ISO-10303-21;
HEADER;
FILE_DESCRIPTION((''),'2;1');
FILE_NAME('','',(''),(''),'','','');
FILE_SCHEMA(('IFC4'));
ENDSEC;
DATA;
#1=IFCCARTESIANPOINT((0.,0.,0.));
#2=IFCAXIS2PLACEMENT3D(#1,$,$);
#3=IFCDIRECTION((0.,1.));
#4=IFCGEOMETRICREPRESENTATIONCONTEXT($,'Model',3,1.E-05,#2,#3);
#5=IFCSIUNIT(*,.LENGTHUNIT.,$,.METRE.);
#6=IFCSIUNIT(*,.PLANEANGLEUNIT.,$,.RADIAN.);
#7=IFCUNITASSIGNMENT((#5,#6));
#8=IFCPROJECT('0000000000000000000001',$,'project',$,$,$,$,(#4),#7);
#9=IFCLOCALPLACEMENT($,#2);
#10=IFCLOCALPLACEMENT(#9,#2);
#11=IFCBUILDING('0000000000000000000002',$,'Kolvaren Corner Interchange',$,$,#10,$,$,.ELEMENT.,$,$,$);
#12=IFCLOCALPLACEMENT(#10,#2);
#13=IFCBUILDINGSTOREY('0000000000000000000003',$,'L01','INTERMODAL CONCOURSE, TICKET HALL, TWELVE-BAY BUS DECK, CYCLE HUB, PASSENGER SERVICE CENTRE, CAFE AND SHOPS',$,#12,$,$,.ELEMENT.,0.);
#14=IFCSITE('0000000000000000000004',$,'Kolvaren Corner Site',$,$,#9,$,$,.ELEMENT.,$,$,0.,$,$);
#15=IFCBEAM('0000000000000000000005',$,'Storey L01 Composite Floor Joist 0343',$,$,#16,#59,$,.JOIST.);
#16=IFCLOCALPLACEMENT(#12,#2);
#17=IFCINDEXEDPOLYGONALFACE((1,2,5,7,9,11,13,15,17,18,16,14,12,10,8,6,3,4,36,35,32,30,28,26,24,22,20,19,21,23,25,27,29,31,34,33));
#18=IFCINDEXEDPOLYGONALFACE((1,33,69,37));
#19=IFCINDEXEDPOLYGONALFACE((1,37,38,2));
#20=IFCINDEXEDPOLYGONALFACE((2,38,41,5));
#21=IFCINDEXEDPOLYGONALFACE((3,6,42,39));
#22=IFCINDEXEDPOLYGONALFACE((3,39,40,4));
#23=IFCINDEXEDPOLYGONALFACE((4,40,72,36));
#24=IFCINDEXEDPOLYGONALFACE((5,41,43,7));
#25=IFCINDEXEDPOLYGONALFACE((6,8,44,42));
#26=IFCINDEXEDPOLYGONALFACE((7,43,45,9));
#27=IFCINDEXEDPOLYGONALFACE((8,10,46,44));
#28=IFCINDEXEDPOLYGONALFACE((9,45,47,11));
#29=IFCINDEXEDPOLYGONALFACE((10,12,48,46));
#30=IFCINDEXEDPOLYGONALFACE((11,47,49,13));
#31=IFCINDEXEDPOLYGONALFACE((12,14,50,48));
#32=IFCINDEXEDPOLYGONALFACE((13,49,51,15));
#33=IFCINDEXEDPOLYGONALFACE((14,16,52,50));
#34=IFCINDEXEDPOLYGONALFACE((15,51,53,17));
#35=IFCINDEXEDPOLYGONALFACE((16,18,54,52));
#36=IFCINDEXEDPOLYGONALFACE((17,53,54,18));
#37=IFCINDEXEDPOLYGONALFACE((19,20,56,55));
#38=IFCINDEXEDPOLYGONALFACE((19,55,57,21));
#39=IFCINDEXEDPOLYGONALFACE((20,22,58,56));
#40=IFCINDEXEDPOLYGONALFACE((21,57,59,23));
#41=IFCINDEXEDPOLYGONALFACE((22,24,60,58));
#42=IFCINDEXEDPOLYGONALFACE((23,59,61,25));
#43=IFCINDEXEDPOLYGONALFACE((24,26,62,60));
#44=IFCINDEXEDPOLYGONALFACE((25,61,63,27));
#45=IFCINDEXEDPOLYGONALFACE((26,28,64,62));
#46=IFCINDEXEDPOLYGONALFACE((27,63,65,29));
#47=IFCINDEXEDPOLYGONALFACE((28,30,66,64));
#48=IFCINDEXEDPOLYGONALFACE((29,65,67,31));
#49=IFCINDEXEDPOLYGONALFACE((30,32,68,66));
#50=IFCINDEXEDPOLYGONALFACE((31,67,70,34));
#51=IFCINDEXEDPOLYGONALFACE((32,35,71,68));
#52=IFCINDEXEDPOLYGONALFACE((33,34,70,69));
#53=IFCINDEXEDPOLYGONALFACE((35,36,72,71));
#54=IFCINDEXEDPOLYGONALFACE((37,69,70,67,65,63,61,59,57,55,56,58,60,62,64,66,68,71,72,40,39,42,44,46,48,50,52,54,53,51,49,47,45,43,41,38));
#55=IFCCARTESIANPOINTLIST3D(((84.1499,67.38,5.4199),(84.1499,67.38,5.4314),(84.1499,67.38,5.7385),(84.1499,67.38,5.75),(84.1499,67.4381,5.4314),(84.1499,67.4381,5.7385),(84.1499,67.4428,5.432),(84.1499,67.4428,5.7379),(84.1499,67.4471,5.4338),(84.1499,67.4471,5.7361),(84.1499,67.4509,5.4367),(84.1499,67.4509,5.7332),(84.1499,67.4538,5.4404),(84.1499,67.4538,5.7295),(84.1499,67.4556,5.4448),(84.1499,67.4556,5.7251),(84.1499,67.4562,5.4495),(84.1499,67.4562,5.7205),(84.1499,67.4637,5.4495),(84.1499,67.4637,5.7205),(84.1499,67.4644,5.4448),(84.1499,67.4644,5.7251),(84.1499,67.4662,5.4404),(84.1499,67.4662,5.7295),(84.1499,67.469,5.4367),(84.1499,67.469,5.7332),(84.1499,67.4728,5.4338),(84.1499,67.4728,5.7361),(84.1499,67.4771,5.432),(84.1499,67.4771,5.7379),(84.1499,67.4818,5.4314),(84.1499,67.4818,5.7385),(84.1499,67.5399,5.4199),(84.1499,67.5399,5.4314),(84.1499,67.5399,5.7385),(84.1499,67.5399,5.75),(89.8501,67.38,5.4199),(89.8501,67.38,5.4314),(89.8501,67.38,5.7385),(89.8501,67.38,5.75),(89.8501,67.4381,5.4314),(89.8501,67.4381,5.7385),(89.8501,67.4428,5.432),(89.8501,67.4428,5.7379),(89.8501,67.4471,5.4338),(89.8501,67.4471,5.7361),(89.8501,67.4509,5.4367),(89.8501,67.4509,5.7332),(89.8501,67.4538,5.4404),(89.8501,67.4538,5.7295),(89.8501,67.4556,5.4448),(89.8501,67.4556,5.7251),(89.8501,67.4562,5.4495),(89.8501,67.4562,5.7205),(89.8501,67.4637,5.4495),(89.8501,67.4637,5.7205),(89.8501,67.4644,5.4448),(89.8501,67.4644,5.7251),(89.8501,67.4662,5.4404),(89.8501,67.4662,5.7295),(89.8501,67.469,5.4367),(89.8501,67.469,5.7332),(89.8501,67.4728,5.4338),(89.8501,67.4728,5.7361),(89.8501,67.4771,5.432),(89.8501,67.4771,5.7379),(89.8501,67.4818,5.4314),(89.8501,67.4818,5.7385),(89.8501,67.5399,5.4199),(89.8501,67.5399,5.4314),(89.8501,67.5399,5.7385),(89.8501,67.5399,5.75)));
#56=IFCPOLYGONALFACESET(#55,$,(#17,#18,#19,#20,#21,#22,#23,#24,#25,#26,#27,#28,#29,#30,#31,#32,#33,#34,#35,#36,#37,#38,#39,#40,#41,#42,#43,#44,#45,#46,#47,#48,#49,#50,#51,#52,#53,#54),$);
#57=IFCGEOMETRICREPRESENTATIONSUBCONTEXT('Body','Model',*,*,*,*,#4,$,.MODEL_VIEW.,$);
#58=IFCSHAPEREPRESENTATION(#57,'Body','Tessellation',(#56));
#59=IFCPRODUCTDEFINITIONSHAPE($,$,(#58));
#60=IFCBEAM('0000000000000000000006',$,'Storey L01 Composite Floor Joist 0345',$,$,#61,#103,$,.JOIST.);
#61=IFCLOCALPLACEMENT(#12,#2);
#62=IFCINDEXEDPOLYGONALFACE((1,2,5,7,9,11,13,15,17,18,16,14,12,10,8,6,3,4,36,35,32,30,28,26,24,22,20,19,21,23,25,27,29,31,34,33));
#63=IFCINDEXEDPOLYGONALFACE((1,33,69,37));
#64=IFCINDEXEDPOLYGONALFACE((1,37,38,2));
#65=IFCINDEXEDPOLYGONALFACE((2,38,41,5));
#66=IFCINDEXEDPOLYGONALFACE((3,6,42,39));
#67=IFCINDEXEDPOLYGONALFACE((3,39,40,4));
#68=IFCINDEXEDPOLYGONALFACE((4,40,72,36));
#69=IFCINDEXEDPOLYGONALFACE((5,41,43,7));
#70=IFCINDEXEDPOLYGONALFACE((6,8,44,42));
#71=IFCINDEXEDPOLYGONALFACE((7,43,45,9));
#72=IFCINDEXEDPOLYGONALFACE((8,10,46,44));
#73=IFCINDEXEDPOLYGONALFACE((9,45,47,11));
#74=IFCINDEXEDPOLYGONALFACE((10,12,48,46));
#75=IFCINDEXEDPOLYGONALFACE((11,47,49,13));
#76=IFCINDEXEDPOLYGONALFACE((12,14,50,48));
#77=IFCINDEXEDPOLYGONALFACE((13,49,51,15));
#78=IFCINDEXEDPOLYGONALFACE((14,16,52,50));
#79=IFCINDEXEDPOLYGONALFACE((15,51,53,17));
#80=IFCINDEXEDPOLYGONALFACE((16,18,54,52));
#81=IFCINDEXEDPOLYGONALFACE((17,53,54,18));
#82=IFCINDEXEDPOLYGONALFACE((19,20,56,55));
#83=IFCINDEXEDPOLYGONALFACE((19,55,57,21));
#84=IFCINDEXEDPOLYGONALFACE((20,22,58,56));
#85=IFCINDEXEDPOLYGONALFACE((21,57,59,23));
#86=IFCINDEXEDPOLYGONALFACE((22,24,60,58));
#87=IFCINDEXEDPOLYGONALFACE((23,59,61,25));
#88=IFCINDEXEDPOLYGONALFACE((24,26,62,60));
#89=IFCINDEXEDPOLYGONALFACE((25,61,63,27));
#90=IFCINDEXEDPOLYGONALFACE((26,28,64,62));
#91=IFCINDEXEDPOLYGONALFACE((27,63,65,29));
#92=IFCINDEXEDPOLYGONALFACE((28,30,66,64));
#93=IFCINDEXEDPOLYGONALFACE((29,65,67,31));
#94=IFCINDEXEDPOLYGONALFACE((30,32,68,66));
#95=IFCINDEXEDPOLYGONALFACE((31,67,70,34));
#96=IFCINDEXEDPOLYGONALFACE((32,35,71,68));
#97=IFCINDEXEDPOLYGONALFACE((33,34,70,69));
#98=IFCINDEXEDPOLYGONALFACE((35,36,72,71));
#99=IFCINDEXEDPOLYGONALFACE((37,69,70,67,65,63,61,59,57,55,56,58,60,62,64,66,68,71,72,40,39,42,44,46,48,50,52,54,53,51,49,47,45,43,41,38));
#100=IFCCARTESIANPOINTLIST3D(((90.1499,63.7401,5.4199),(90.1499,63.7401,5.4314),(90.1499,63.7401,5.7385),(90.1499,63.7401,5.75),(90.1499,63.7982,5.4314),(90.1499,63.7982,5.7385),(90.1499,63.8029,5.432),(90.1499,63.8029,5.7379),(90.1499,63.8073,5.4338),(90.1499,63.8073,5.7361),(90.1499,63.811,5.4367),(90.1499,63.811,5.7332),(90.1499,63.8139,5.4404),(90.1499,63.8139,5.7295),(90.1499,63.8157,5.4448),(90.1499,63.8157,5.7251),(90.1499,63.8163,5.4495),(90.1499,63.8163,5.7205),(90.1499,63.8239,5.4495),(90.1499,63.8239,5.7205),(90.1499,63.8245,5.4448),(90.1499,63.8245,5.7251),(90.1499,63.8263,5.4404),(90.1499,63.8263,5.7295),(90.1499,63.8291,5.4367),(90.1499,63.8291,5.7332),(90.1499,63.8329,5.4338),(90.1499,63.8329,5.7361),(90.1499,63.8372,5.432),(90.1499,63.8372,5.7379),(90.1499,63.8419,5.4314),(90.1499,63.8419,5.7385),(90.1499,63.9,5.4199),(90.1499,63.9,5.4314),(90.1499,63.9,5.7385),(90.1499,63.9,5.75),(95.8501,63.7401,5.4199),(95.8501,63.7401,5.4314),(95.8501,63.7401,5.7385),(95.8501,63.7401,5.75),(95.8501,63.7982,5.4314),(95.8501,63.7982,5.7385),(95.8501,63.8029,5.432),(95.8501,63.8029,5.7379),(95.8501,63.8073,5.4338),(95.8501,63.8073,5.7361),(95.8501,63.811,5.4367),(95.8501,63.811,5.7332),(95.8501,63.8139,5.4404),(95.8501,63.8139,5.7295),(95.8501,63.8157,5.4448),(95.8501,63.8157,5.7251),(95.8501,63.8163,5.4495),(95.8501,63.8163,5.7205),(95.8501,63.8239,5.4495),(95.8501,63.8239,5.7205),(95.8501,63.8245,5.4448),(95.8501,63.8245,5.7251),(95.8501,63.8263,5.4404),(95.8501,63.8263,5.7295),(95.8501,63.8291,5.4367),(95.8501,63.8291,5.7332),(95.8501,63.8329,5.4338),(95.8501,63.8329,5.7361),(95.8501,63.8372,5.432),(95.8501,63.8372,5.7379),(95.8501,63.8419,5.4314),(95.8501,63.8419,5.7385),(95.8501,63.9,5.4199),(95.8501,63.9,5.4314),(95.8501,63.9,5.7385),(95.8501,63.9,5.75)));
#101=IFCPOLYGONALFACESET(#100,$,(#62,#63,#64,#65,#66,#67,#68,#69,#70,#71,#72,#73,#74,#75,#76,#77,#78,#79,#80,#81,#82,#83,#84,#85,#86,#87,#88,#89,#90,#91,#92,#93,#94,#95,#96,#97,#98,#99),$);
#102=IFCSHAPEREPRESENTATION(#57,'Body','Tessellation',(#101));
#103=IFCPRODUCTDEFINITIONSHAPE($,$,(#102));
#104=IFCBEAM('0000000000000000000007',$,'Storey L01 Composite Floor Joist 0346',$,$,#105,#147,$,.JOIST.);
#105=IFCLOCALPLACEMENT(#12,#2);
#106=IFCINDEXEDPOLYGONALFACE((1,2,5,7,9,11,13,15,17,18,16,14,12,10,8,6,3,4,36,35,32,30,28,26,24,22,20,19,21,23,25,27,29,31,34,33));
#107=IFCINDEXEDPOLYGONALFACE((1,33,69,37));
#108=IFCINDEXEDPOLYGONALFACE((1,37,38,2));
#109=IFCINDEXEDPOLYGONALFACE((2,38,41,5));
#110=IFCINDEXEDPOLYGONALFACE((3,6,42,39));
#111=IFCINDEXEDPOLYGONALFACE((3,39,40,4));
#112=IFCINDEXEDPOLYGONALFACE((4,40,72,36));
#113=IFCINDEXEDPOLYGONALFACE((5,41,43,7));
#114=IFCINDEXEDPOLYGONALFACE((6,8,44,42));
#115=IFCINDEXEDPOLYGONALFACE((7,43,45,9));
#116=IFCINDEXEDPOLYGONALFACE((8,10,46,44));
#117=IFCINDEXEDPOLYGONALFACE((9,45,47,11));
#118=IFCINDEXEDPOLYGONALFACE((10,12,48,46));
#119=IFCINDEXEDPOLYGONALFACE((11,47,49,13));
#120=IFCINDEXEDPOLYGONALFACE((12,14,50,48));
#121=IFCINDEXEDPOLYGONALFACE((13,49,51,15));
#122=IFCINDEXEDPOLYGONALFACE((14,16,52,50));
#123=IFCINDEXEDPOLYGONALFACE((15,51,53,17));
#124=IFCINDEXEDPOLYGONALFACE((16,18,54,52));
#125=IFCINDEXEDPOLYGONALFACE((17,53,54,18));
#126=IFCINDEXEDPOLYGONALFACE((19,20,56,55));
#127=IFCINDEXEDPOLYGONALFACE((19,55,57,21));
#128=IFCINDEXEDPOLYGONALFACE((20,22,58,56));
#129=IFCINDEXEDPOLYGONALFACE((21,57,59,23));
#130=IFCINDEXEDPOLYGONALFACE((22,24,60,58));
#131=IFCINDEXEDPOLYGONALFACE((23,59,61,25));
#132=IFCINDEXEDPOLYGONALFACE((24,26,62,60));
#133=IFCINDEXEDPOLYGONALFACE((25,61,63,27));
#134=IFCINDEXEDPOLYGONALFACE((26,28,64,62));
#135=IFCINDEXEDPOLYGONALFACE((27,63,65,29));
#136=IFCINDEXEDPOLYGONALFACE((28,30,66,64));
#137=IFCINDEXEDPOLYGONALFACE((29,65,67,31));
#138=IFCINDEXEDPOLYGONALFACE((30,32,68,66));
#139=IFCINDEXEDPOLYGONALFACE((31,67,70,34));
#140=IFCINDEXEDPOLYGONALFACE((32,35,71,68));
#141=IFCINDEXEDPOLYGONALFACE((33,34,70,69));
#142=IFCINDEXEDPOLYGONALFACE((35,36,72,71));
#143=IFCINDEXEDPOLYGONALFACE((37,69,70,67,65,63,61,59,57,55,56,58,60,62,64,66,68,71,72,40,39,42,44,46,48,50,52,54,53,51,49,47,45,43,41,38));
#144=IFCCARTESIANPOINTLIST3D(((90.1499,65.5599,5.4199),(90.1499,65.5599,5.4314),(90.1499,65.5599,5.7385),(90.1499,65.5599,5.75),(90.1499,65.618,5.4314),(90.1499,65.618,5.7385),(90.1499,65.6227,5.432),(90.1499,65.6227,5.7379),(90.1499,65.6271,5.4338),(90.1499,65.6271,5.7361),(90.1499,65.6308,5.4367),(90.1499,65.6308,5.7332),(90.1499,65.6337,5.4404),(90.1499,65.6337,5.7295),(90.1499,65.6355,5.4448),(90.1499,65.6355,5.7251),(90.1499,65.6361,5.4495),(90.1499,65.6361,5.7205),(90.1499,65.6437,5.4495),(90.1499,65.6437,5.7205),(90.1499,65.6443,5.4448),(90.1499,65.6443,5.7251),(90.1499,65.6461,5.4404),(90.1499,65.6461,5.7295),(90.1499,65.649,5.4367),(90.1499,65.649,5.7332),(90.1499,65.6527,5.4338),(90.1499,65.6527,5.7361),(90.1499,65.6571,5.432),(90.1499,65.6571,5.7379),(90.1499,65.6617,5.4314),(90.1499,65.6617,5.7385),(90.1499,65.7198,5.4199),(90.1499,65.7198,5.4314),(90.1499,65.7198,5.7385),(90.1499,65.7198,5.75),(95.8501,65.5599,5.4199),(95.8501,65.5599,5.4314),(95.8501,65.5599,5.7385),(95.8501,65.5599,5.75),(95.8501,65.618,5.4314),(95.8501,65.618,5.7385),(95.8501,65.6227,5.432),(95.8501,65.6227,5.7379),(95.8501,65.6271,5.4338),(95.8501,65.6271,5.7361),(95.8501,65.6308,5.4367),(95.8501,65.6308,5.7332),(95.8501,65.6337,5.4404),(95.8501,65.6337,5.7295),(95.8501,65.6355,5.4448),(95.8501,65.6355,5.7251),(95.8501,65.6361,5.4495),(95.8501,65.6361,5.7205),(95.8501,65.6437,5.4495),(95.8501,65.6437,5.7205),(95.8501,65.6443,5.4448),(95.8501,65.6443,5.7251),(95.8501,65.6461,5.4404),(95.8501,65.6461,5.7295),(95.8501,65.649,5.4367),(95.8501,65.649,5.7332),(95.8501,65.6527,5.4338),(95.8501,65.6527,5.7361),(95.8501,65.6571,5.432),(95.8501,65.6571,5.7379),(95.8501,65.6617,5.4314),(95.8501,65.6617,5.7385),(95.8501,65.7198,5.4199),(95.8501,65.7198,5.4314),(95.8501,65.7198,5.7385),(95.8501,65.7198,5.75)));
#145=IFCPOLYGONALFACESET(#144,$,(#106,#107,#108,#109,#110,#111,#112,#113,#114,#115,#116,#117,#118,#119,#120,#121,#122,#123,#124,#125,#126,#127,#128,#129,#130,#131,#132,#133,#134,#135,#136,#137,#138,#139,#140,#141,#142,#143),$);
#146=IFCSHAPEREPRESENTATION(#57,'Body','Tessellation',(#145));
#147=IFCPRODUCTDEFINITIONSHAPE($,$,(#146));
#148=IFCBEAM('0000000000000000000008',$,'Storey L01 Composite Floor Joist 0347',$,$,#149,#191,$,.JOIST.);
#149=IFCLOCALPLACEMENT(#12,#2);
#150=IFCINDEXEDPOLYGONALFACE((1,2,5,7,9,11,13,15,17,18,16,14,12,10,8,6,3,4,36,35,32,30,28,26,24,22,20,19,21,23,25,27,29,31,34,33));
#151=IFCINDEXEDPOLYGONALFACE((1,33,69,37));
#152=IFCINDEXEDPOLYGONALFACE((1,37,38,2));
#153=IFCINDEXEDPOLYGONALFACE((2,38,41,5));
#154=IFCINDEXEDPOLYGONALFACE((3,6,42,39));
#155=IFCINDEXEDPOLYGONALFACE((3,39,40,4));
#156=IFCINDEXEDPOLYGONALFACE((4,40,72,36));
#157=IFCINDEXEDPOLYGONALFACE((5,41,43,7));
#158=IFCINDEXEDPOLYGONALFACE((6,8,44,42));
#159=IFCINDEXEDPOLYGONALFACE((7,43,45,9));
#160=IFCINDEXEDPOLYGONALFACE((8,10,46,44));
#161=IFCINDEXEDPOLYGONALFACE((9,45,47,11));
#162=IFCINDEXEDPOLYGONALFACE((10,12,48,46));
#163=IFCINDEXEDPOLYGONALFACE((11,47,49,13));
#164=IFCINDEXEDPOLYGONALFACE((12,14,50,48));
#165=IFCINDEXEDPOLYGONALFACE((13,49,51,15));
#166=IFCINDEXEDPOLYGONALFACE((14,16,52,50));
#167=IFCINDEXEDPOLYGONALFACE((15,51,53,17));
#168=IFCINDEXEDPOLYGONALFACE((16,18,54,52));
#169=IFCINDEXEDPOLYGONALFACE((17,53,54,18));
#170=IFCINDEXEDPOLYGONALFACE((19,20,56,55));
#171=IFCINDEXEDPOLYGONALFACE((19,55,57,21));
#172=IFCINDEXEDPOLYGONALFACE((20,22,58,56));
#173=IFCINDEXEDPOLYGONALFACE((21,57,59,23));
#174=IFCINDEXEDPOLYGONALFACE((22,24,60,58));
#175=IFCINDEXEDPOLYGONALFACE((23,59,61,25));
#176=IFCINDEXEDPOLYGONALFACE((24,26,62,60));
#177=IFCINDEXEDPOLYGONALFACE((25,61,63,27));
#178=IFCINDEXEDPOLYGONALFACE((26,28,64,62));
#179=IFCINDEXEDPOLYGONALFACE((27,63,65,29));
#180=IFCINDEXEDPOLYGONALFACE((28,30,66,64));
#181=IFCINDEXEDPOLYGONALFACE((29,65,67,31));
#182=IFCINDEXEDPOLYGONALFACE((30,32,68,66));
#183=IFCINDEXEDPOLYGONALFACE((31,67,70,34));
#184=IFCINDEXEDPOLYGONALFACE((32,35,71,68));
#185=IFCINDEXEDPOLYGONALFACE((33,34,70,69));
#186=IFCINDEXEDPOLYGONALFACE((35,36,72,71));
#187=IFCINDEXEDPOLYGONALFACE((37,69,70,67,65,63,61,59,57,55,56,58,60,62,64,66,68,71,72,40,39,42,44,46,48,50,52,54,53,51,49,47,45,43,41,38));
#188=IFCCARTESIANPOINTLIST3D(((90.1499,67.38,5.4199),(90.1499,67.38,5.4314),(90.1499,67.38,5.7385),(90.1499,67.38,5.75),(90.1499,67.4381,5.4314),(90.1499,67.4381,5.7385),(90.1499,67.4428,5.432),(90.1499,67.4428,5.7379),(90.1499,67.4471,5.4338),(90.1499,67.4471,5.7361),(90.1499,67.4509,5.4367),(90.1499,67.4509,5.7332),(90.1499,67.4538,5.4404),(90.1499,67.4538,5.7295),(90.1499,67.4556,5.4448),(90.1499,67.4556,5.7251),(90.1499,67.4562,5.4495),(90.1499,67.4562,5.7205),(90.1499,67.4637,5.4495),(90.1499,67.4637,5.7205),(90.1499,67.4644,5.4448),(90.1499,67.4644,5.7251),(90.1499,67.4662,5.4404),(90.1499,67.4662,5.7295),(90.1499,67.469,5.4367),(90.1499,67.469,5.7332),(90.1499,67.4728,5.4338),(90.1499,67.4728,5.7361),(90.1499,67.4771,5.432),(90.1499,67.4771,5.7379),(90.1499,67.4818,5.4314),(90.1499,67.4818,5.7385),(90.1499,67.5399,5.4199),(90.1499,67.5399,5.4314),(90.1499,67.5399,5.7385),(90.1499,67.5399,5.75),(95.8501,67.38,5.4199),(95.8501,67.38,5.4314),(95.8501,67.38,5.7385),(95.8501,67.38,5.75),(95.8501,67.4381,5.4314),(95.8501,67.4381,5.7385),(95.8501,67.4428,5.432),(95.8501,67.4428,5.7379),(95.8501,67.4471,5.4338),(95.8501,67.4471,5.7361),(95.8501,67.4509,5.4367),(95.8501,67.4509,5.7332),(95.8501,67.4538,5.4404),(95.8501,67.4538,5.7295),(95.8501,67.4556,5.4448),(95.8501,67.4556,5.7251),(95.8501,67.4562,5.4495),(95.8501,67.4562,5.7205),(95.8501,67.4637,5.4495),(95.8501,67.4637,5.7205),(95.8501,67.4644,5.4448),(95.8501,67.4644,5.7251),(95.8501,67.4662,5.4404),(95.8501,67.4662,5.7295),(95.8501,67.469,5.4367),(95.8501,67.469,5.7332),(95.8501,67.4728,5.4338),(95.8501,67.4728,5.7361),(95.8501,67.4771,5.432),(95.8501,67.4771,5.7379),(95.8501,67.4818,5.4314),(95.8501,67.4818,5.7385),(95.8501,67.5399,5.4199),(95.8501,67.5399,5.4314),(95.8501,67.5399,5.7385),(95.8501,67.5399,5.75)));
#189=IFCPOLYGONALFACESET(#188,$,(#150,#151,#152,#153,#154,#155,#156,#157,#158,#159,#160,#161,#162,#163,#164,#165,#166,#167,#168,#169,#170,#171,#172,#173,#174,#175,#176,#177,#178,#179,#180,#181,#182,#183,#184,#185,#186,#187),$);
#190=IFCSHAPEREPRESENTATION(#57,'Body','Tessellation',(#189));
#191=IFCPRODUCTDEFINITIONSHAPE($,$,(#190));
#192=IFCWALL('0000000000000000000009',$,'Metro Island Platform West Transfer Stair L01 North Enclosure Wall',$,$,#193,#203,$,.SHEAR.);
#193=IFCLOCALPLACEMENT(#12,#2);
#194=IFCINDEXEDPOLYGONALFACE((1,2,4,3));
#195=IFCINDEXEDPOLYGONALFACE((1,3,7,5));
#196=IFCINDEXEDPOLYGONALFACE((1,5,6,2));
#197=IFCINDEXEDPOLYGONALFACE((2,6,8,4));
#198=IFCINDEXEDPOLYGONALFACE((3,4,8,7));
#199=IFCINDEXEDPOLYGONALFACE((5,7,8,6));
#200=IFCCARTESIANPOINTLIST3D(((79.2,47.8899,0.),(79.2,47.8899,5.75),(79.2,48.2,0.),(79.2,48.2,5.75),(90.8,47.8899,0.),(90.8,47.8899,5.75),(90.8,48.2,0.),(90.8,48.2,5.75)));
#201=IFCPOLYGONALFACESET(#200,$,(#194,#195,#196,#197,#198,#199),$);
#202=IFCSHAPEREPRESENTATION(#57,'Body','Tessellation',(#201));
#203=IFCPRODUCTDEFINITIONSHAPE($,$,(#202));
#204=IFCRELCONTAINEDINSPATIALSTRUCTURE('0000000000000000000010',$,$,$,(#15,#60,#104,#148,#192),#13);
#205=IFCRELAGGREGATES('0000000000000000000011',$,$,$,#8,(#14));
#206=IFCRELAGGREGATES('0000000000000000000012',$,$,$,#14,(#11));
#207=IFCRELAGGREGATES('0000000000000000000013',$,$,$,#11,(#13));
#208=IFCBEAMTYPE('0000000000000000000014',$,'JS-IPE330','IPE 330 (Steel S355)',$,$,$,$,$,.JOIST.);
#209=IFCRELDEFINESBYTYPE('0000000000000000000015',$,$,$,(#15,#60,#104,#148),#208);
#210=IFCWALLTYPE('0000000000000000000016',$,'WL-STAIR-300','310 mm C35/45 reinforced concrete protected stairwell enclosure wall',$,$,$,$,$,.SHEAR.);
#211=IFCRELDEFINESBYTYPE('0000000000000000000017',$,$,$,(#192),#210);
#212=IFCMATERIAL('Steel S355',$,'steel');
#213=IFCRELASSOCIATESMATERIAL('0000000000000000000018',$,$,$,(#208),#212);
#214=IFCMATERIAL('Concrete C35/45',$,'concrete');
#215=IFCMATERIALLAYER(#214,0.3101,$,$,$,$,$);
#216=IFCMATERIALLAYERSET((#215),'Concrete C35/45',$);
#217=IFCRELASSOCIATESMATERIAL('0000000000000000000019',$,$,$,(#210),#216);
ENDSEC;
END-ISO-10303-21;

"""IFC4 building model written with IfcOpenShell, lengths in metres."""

from ifc_helpers import new_model, si_unit, direction, frame, frame_2d, origin, origin_2d, place, context, subcontext, project, spatial, rectangle, i_section, extrude, material, layer, layer_set, material_profile, profile_set, type_object, element, save


model = new_model("IFC4")

# Units and contexts
model_context = context("Model", 3, precision=1e-05, world=origin(), true_north=direction((0.0, 1.0)))
body_context = subcontext(model_context, "Body", "Model", "MODEL_VIEW")
ifc_project = project(units=[si_unit("LENGTHUNIT", "METRE"), si_unit("PLANEANGLEUNIT", "RADIAN")], contexts=[model_context])

# Site, building, storey
site_placement = place(None, origin())
site = spatial("IfcSite", under=ifc_project, at=site_placement, Name="Kolvaren Corner Site", CompositionType="ELEMENT", RefElevation=0.0)
building_placement = place(site_placement, origin())
building = spatial("IfcBuilding", under=site, at=building_placement, Name="Kolvaren Corner Interchange", CompositionType="ELEMENT")
storey_placement = place(building_placement, origin())
storey = spatial("IfcBuildingStorey", under=building, at=storey_placement, Name="L01", Description="INTERMODAL CONCOURSE, TICKET HALL, TWELVE-BAY BUS DECK, CYCLE HUB, PASSENGER SERVICE CENTRE, CAFE AND SHOPS", CompositionType="ELEMENT", Elevation=0.0)

# Beams
ifc_material_1 = material(Name="Steel S355", Category="steel")
ifc_material_profile_1 = material_profile(ifc_material_1, i_section(OverallWidth=0.1599, OverallDepth=0.3301, WebThickness=0.0076, FlangeThickness=0.0115, FilletRadius=0.0181, at=origin_2d()), Name="IPE 330")
ifc_profile_set_1 = profile_set([ifc_material_profile_1], Name="Steel S355")
beam_type_1 = type_object("IfcBeamType", Name="JS-IPE330", Description="IPE 330 (Steel S355)", PredefinedType="JOIST", material=ifc_profile_set_1)
for number, where, z_axis, x_axis, name in (
    (1, (84.1499, 67.46, 5.585), (1.0, 0.0, 0.0), (0.0, 1.0, 0.0), "Storey L01 Composite Floor Joist 0343"),
    (2, (90.1499, 63.8201, 5.585), (1.0, 0.0, 0.0), (0.0, 1.0, 0.0), "Storey L01 Composite Floor Joist 0345"),
    (3, (90.1499, 65.6399, 5.585), (1.0, 0.0, 0.0), (0.0, 1.0, 0.0), "Storey L01 Composite Floor Joist 0346"),
    (4, (90.1499, 67.46, 5.585), (1.0, 0.0, 0.0), (0.0, 1.0, 0.0), "Storey L01 Composite Floor Joist 0347"),
):
    element("IfcBeam", number, at=place(storey_placement, frame(where, z_axis=z_axis, x_axis=x_axis)), inside=storey, type_object=beam_type_1, Name=name, PredefinedType="JOIST", context=body_context, shape_type="SweptSolid", body=[
        extrude(i_section(OverallWidth=0.1599, OverallDepth=0.3301, WebThickness=0.0076, FlangeThickness=0.0115, FilletRadius=0.0181, at=origin_2d()), origin(), (0.0, 0.0, 1.0), 5.7002),
    ])

# Wall
ifc_material_2 = material(Name="Concrete C35/45", Category="concrete")
ifc_layer = layer(ifc_material_2, 0.3101)
ifc_layer_set = layer_set([ifc_layer], Name="Concrete C35/45")
wall_type = type_object("IfcWallType", Name="WL-STAIR-300", Description="310 mm C35/45 reinforced concrete protected stairwell enclosure wall", PredefinedType="SHEAR", material=ifc_layer_set)
wall_placement = place(storey_placement, frame((79.2, 48.0449, 0.0), z_axis=(0.0, 0.0, 1.0), x_axis=(1.0, 0.0, 0.0)))
element("IfcWall", 5, at=wall_placement, inside=storey, type_object=wall_type, Name="Metro Island Platform West Transfer Stair L01 North Enclosure Wall", PredefinedType="SHEAR", context=body_context, shape_type="SweptSolid", body=[
    extrude(rectangle(XDim=11.6001, YDim=0.3101, at=frame_2d((5.8, 0.0))), origin(), (0.0, 0.0, 1.0), 5.75),
])

save(model, "model.ifc")
